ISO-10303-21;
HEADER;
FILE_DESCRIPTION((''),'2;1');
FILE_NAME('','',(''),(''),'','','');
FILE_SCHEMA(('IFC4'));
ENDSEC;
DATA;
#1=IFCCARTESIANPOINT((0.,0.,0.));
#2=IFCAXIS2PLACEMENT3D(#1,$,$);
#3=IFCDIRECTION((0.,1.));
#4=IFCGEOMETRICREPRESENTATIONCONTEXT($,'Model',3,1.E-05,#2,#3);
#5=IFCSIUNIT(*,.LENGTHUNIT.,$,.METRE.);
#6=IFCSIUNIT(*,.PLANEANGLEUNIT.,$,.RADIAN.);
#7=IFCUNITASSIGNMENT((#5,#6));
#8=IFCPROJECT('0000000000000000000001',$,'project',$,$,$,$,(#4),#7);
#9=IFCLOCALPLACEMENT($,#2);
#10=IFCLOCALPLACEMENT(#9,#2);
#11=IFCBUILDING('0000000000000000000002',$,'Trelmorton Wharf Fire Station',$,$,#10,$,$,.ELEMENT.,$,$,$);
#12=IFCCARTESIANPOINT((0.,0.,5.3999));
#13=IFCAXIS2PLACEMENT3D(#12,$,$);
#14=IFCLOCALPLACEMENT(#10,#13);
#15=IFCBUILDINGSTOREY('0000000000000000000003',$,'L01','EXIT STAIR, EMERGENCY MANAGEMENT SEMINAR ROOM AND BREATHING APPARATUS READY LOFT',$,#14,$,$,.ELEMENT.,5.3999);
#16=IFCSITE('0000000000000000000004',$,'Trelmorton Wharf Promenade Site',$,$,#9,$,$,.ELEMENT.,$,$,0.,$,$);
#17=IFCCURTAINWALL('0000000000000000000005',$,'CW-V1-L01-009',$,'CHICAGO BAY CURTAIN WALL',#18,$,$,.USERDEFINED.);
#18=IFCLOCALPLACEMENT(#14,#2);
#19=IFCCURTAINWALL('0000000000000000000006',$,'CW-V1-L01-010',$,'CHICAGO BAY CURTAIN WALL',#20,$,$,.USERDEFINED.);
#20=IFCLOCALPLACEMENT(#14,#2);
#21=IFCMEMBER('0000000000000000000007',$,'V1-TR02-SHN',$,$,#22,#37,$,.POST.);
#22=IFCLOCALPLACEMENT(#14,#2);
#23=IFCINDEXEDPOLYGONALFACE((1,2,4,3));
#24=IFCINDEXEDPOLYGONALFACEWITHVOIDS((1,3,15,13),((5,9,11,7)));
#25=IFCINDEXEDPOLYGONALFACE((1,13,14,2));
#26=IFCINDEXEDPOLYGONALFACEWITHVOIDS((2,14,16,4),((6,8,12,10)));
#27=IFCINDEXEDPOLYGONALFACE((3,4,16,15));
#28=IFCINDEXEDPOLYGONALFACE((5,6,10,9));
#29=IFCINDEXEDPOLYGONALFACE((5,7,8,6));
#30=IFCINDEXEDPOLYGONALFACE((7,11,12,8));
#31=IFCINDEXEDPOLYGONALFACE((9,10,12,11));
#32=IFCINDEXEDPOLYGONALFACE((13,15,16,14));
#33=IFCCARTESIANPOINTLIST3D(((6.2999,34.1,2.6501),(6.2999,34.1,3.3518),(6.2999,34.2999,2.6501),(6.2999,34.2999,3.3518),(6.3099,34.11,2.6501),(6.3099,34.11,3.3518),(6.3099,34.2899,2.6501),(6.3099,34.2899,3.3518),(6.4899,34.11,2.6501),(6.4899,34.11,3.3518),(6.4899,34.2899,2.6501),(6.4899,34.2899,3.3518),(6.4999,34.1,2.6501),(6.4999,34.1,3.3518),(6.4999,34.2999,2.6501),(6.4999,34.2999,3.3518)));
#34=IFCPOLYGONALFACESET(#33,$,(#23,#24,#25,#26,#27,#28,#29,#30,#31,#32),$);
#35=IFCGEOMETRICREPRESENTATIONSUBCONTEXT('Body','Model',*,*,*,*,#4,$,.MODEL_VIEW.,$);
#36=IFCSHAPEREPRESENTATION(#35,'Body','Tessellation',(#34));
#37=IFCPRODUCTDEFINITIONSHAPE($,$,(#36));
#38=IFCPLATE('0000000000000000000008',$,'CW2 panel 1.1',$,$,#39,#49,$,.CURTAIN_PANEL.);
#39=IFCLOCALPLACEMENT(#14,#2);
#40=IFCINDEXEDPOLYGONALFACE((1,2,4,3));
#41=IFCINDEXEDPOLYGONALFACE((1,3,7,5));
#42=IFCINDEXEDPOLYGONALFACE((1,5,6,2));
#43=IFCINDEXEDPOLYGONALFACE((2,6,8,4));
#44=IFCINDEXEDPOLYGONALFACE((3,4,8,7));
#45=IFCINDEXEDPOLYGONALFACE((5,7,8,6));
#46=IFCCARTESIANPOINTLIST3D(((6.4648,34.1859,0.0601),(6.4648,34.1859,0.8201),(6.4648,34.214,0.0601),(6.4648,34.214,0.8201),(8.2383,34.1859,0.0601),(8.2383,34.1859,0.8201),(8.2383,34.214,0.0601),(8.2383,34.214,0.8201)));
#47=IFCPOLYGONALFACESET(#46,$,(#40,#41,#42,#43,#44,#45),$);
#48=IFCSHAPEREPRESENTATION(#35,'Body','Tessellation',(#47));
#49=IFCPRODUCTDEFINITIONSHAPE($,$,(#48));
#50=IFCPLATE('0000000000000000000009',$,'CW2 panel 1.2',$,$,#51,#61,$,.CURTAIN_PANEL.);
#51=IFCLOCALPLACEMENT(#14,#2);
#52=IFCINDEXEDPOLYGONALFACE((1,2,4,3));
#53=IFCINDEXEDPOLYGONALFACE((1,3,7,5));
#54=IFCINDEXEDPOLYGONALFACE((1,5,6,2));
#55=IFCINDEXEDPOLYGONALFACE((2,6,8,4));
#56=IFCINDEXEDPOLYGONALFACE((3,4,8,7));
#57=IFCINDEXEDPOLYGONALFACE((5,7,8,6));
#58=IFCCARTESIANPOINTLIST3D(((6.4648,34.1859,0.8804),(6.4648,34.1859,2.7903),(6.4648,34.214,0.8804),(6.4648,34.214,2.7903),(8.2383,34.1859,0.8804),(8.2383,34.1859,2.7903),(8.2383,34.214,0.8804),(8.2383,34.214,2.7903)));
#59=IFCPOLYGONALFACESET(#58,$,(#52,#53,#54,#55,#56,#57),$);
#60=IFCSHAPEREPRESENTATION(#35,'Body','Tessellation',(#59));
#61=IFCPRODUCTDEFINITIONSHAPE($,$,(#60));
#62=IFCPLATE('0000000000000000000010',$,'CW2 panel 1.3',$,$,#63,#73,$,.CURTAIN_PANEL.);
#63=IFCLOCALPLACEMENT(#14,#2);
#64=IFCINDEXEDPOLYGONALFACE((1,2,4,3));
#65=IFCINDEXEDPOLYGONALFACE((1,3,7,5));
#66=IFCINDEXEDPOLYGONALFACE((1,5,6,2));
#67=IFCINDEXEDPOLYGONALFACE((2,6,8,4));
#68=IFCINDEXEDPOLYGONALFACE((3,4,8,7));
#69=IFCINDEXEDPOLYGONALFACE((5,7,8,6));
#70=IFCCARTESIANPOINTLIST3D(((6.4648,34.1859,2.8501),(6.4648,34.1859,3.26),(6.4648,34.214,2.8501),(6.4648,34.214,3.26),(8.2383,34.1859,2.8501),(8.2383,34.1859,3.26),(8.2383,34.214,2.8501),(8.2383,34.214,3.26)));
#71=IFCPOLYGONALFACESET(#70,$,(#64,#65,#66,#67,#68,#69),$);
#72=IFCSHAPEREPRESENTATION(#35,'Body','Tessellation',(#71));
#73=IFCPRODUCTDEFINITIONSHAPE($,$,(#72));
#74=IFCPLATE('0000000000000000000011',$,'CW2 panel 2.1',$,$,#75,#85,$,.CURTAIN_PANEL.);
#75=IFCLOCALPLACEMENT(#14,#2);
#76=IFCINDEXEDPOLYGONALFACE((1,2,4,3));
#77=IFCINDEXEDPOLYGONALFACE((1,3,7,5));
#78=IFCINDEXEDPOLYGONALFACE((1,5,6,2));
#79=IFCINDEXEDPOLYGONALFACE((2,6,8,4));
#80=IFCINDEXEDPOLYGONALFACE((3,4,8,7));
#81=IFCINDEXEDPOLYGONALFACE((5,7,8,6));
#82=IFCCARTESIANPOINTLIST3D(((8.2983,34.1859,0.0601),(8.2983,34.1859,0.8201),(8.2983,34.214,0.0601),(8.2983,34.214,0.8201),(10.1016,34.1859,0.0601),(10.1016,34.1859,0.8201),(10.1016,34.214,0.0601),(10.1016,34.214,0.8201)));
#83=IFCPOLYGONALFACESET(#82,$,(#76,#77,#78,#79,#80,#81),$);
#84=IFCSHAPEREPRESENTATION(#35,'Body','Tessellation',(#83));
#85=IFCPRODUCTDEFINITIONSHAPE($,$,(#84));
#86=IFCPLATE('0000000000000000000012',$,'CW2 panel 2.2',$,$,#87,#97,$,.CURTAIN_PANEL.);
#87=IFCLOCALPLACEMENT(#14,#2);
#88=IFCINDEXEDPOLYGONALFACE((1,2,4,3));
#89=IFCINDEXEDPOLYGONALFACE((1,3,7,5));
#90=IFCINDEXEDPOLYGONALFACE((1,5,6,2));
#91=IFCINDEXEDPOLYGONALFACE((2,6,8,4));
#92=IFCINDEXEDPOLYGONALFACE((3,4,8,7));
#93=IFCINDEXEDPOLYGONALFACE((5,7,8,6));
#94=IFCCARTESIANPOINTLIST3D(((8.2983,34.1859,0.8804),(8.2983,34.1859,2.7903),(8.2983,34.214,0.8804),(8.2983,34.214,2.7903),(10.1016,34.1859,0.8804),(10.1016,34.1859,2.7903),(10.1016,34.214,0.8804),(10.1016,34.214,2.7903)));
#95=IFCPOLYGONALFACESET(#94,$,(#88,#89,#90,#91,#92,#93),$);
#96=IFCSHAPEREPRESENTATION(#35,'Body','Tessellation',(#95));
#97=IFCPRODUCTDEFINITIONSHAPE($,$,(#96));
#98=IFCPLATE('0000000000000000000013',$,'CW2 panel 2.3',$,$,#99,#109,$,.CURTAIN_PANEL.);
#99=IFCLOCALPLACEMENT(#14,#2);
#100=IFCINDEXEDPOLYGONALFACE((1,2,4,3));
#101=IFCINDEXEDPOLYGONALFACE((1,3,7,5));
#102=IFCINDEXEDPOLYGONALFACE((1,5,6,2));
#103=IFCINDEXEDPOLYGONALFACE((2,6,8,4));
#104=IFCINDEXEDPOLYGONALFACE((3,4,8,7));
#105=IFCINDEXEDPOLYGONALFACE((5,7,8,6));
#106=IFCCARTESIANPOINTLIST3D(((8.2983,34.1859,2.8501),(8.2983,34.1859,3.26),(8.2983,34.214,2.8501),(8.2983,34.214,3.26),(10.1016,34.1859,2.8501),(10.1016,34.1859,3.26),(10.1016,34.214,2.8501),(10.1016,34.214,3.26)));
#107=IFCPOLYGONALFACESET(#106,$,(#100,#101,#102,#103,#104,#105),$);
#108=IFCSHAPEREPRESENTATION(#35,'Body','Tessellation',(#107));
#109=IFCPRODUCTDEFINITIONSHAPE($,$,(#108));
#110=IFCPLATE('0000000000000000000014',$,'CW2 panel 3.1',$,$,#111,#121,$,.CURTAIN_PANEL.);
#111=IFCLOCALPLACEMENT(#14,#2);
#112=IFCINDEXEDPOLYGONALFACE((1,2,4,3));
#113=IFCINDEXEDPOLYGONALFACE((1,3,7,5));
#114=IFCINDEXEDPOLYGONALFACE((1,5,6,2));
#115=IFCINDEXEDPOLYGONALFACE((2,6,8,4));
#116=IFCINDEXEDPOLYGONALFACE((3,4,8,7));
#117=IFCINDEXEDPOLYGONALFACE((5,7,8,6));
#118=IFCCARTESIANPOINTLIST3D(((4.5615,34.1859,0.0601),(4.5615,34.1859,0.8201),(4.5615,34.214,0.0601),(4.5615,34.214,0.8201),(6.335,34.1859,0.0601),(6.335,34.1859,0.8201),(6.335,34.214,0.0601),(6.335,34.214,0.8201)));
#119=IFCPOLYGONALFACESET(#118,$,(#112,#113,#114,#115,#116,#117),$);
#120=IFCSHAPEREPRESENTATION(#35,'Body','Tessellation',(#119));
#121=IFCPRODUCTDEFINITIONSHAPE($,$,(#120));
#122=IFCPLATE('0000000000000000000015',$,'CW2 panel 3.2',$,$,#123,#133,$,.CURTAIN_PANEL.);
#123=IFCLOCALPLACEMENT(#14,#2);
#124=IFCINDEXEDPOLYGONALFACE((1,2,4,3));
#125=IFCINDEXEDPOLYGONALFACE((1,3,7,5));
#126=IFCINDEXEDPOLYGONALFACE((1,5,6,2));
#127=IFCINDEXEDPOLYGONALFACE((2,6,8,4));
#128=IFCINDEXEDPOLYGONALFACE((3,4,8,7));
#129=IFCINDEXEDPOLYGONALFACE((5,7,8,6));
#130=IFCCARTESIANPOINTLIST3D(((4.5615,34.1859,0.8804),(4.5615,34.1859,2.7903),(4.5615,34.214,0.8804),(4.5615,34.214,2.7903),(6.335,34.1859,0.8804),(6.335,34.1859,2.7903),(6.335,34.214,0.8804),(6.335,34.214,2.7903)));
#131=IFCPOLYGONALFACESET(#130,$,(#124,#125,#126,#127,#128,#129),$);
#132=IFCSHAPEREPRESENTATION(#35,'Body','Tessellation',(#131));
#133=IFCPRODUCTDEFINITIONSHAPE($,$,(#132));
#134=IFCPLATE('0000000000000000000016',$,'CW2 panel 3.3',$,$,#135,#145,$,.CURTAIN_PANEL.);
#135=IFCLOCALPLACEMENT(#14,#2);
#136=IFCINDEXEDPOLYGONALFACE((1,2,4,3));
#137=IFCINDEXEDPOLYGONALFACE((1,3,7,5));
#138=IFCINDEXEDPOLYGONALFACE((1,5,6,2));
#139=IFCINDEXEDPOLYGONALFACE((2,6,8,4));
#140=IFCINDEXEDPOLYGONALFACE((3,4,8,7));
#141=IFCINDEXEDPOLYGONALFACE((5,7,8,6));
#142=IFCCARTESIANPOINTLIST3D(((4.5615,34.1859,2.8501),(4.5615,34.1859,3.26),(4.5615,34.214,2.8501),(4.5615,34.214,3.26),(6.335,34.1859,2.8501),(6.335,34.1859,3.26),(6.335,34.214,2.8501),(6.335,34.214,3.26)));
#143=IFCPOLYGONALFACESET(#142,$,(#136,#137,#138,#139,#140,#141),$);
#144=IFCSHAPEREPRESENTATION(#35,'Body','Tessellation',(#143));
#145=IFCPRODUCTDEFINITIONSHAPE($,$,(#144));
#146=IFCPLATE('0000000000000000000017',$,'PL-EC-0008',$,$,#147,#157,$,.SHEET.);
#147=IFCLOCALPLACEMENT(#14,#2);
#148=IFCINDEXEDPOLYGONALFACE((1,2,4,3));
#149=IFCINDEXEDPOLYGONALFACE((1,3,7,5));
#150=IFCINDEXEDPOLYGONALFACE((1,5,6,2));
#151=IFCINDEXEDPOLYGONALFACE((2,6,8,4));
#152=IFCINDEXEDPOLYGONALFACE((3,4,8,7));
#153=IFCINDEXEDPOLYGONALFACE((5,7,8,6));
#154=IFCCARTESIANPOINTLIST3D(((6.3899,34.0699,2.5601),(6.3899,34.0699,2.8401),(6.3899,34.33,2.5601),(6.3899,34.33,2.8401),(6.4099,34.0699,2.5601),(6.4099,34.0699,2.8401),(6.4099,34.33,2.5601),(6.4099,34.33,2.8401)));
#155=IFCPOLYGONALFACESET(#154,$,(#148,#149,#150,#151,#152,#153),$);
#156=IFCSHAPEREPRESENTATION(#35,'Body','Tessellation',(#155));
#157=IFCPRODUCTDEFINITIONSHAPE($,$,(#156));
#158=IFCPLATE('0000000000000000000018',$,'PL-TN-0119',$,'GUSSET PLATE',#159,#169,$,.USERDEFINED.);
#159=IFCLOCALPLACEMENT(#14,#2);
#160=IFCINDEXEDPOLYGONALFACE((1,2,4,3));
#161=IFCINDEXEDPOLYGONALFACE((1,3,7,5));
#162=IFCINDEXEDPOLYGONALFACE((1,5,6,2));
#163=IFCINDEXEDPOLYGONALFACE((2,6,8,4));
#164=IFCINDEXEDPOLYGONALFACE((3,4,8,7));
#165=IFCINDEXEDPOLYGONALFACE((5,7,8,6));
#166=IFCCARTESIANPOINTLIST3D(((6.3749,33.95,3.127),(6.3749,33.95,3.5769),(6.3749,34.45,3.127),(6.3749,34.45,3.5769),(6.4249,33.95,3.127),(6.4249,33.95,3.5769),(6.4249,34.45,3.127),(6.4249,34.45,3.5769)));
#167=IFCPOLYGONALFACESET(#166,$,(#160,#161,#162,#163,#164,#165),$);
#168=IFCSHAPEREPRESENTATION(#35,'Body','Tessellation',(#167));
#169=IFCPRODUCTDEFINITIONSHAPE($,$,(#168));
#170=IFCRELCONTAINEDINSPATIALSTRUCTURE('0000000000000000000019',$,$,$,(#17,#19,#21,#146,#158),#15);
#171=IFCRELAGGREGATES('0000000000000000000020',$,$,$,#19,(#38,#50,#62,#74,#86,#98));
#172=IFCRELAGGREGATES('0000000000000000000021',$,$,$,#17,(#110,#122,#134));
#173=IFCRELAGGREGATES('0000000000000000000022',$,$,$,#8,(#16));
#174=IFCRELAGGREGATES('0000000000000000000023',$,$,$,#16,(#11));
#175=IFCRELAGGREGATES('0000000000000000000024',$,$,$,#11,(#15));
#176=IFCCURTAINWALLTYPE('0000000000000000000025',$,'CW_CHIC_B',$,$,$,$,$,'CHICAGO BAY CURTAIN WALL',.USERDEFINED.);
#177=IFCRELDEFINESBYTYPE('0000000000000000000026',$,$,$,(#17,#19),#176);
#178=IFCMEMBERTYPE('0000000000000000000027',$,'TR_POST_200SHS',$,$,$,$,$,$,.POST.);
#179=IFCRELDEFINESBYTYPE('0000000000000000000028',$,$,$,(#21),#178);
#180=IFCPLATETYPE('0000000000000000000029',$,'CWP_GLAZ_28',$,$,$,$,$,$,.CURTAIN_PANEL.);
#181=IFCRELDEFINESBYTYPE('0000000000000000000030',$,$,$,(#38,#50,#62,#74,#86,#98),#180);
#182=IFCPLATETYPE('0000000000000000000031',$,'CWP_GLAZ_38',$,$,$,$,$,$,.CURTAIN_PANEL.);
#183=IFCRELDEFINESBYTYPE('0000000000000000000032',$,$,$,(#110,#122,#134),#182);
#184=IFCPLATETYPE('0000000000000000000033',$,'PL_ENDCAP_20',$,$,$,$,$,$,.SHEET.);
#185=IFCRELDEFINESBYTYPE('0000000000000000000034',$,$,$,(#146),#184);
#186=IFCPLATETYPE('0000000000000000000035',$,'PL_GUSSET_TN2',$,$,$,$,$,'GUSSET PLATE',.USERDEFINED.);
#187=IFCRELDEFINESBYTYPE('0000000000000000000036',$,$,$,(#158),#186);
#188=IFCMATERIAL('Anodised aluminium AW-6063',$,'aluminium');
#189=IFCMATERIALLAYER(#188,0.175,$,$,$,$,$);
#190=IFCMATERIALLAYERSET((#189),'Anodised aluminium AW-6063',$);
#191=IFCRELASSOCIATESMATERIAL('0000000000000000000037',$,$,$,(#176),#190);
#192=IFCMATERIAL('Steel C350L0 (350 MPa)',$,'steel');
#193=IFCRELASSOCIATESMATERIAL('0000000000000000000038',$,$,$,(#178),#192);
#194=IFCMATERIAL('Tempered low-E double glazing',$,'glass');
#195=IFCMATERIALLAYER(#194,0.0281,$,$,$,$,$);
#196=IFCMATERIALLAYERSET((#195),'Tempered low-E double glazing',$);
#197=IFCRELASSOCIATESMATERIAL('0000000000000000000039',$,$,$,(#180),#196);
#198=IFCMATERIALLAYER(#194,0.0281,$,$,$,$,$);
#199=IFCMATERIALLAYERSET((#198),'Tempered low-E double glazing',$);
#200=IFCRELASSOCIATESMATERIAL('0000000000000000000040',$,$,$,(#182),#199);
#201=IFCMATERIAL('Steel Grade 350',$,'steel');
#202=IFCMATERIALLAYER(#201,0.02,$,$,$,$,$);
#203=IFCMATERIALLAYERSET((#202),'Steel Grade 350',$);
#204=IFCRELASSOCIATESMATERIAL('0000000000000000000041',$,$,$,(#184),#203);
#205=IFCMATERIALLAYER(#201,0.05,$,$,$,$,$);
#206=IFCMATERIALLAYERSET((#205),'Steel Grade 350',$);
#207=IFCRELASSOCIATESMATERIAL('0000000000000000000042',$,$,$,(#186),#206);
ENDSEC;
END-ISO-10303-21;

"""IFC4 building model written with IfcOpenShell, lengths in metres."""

from ifc_helpers import new_model, si_unit, direction, frame, origin, origin_2d, place, context, subcontext, project, spatial, rectangle, hollow_rectangle, extrude, material, layer, layer_set, material_profile, profile_set, type_object, element, aggregate, save


model = new_model("IFC4")

# Units and contexts
model_context = context("Model", 3, precision=1e-05, world=origin(), true_north=direction((0.0, 1.0)))
body_context = subcontext(model_context, "Body", "Model", "MODEL_VIEW")
ifc_project = project(units=[si_unit("LENGTHUNIT", "METRE"), si_unit("PLANEANGLEUNIT", "RADIAN")], contexts=[model_context])

# Site, building, storey
site_placement = place(None, origin())
site = spatial("IfcSite", under=ifc_project, at=site_placement, Name="Trelmorton Wharf Promenade Site", CompositionType="ELEMENT", RefElevation=0.0)
building_placement = place(site_placement, origin())
building = spatial("IfcBuilding", under=site, at=building_placement, Name="Trelmorton Wharf Fire Station", CompositionType="ELEMENT")
storey_placement = place(building_placement, frame((0.0, 0.0, 5.3999)))
storey = spatial("IfcBuildingStorey", under=building, at=storey_placement, Name="L01", Description="EXIT STAIR, EMERGENCY MANAGEMENT SEMINAR ROOM AND BREATHING APPARATUS READY LOFT", CompositionType="ELEMENT", Elevation=5.3999)

# Shared definitions
ifc_material_1 = material(Name="Steel Grade 350", Category="steel")

# Curtain wall
ifc_material_2 = material(Name="Anodised aluminium AW-6063", Category="aluminium")
ifc_layer_1 = layer(ifc_material_2, 0.175)
ifc_layer_set_1 = layer_set([ifc_layer_1], Name="Anodised aluminium AW-6063")
curtain_wall_type = type_object("IfcCurtainWallType", Name="CW_CHIC_B", ElementType="CHICAGO BAY CURTAIN WALL", PredefinedType="USERDEFINED", material=ifc_layer_set_1)
curtain_wall_1_placement = place(storey_placement, origin())
curtain_wall_1 = element("IfcCurtainWall", 1, at=curtain_wall_1_placement, inside=storey, type_object=curtain_wall_type, Name="CW-V1-L01-009", ObjectType="CHICAGO BAY CURTAIN WALL", PredefinedType="USERDEFINED")

# Curtain wall
curtain_wall_2_placement = place(storey_placement, origin())
curtain_wall_2 = element("IfcCurtainWall", 2, at=curtain_wall_2_placement, inside=storey, type_object=curtain_wall_type, Name="CW-V1-L01-010", ObjectType="CHICAGO BAY CURTAIN WALL", PredefinedType="USERDEFINED")

# Member
ifc_material_3 = material(Name="Steel C350L0 (350 MPa)", Category="steel")
ifc_material_profile_1 = material_profile(ifc_material_3, hollow_rectangle(XDim=0.2, YDim=0.2, WallThickness=0.01, at=origin_2d()), Name="200x200x10.0SHS")
ifc_profile_set_1 = profile_set([ifc_material_profile_1], Name="Steel C350L0 (350 MPa)")
member_type_1 = type_object("IfcMemberType", Name="TR_POST_200SHS", PredefinedType="POST", material=ifc_profile_set_1)
member_1_placement = place(storey_placement, frame((6.3999, 34.2, 2.6501), z_axis=(0.0, 0.0, 1.0), x_axis=(1.0, 0.0, 0.0)))
element("IfcMember", 3, at=member_1_placement, inside=storey, type_object=member_type_1, Name="V1-TR02-SHN", PredefinedType="POST", context=body_context, shape_type="SweptSolid", body=[
    extrude(hollow_rectangle(XDim=0.2, YDim=0.2, WallThickness=0.01, at=origin_2d()), origin(), (0.0, 0.0, 1.0), 0.7017),
])

# Plates
ifc_material_4 = material(Name="Tempered low-E double glazing", Category="glass")
ifc_layer_2 = layer(ifc_material_4, 0.0281)
ifc_layer_set_2 = layer_set([ifc_layer_2], Name="Tempered low-E double glazing")
plate_type_1 = type_object("IfcPlateType", Name="CWP_GLAZ_28", PredefinedType="CURTAIN_PANEL", material=ifc_layer_set_2)
plate_1_placement = place(storey_placement, frame((7.3516, 34.2, 0.0601), z_axis=(0.0, 0.0, 1.0), x_axis=(1.0, 0.0, 0.0)))
plate_1 = element("IfcPlate", 4, at=plate_1_placement, type_object=plate_type_1, Name="CW2 panel 1.1", PredefinedType="CURTAIN_PANEL", context=body_context, shape_type="SweptSolid", body=[
    extrude(rectangle(XDim=1.7734, YDim=0.0281, at=origin_2d()), origin(), (0.0, 0.0, 1.0), 0.76),
])
plate_2_placement = place(storey_placement, frame((7.3516, 34.2, 0.8804), z_axis=(0.0, 0.0, 1.0), x_axis=(1.0, 0.0, 0.0)))
plate_2 = element("IfcPlate", 5, at=plate_2_placement, type_object=plate_type_1, Name="CW2 panel 1.2", PredefinedType="CURTAIN_PANEL", context=body_context, shape_type="SweptSolid", body=[
    extrude(rectangle(XDim=1.7734, YDim=0.0281, at=origin_2d()), origin(), (0.0, 0.0, 1.0), 1.9099),
])
plate_3_placement = place(storey_placement, frame((7.3516, 34.2, 2.8501), z_axis=(0.0, 0.0, 1.0), x_axis=(1.0, 0.0, 0.0)))
plate_3 = element("IfcPlate", 6, at=plate_3_placement, type_object=plate_type_1, Name="CW2 panel 1.3", PredefinedType="CURTAIN_PANEL", context=body_context, shape_type="SweptSolid", body=[
    extrude(rectangle(XDim=1.7734, YDim=0.0281, at=origin_2d()), origin(), (0.0, 0.0, 1.0), 0.4099),
])
plate_4_placement = place(storey_placement, frame((9.2, 34.2, 0.0601), z_axis=(0.0, 0.0, 1.0), x_axis=(1.0, 0.0, 0.0)))
plate_4 = element("IfcPlate", 7, at=plate_4_placement, type_object=plate_type_1, Name="CW2 panel 2.1", PredefinedType="CURTAIN_PANEL", context=body_context, shape_type="SweptSolid", body=[
    extrude(rectangle(XDim=1.8032, YDim=0.0281, at=origin_2d()), origin(), (0.0, 0.0, 1.0), 0.76),
])
plate_5_placement = place(storey_placement, frame((9.2, 34.2, 0.8804), z_axis=(0.0, 0.0, 1.0), x_axis=(1.0, 0.0, 0.0)))
plate_5 = element("IfcPlate", 8, at=plate_5_placement, type_object=plate_type_1, Name="CW2 panel 2.2", PredefinedType="CURTAIN_PANEL", context=body_context, shape_type="SweptSolid", body=[
    extrude(rectangle(XDim=1.8032, YDim=0.0281, at=origin_2d()), origin(), (0.0, 0.0, 1.0), 1.9099),
])
plate_6_placement = place(storey_placement, frame((9.2, 34.2, 2.8501), z_axis=(0.0, 0.0, 1.0), x_axis=(1.0, 0.0, 0.0)))
plate_6 = element("IfcPlate", 9, at=plate_6_placement, type_object=plate_type_1, Name="CW2 panel 2.3", PredefinedType="CURTAIN_PANEL", context=body_context, shape_type="SweptSolid", body=[
    extrude(rectangle(XDim=1.8032, YDim=0.0281, at=origin_2d()), origin(), (0.0, 0.0, 1.0), 0.4099),
])
aggregate(curtain_wall_2, [plate_1, plate_2, plate_3, plate_4, plate_5, plate_6])
ifc_layer_3 = layer(ifc_material_4, 0.0281)
ifc_layer_set_3 = layer_set([ifc_layer_3], Name="Tempered low-E double glazing")
plate_type_2 = type_object("IfcPlateType", Name="CWP_GLAZ_38", PredefinedType="CURTAIN_PANEL", material=ifc_layer_set_3)
plate_7_placement = place(storey_placement, frame((5.4482, 34.2, 0.0601), z_axis=(0.0, 0.0, 1.0), x_axis=(1.0, 0.0, 0.0)))
plate_7 = element("IfcPlate", 10, at=plate_7_placement, type_object=plate_type_2, Name="CW2 panel 3.1", PredefinedType="CURTAIN_PANEL", context=body_context, shape_type="SweptSolid", body=[
    extrude(rectangle(XDim=1.7734, YDim=0.0281, at=origin_2d()), origin(), (0.0, 0.0, 1.0), 0.76),
])
plate_8_placement = place(storey_placement, frame((5.4482, 34.2, 0.8804), z_axis=(0.0, 0.0, 1.0), x_axis=(1.0, 0.0, 0.0)))
plate_8 = element("IfcPlate", 11, at=plate_8_placement, type_object=plate_type_2, Name="CW2 panel 3.2", PredefinedType="CURTAIN_PANEL", context=body_context, shape_type="SweptSolid", body=[
    extrude(rectangle(XDim=1.7734, YDim=0.0281, at=origin_2d()), origin(), (0.0, 0.0, 1.0), 1.9099),
])
plate_9_placement = place(storey_placement, frame((5.4482, 34.2, 2.8501), z_axis=(0.0, 0.0, 1.0), x_axis=(1.0, 0.0, 0.0)))
plate_9 = element("IfcPlate", 12, at=plate_9_placement, type_object=plate_type_2, Name="CW2 panel 3.3", PredefinedType="CURTAIN_PANEL", context=body_context, shape_type="SweptSolid", body=[
    extrude(rectangle(XDim=1.7734, YDim=0.0281, at=origin_2d()), origin(), (0.0, 0.0, 1.0), 0.4099),
])
aggregate(curtain_wall_1, [plate_7, plate_8, plate_9])

# Plates
ifc_layer_4 = layer(ifc_material_1, 0.02)
ifc_layer_set_4 = layer_set([ifc_layer_4], Name="Steel Grade 350")
plate_type_3 = type_object("IfcPlateType", Name="PL_ENDCAP_20", PredefinedType="SHEET", material=ifc_layer_set_4)
plate_10_placement = place(storey_placement, frame((6.3999, 34.2, 2.5601), z_axis=(0.0, 0.0, 1.0), x_axis=(1.0, 0.0, 0.0)))
element("IfcPlate", 13, at=plate_10_placement, inside=storey, type_object=plate_type_3, Name="PL-EC-0008", PredefinedType="SHEET", context=body_context, shape_type="SweptSolid", body=[
    extrude(rectangle(XDim=0.02, YDim=0.26, at=origin_2d()), origin(), (0.0, 0.0, 1.0), 0.28),
])
ifc_layer_5 = layer(ifc_material_1, 0.05)
ifc_layer_set_5 = layer_set([ifc_layer_5], Name="Steel Grade 350")
plate_type_4 = type_object("IfcPlateType", Name="PL_GUSSET_TN2", ElementType="GUSSET PLATE", PredefinedType="USERDEFINED", material=ifc_layer_set_5)
plate_11_placement = place(storey_placement, frame((6.3999, 34.2, 3.127), z_axis=(0.0, 0.0, 1.0), x_axis=(1.0, 0.0, 0.0)))
element("IfcPlate", 14, at=plate_11_placement, inside=storey, type_object=plate_type_4, Name="PL-TN-0119", ObjectType="GUSSET PLATE", PredefinedType="USERDEFINED", context=body_context, shape_type="SweptSolid", body=[
    extrude(rectangle(XDim=0.05, YDim=0.5, at=origin_2d()), origin(), (0.0, 0.0, 1.0), 0.45),
])

save(model, "model.ifc")
